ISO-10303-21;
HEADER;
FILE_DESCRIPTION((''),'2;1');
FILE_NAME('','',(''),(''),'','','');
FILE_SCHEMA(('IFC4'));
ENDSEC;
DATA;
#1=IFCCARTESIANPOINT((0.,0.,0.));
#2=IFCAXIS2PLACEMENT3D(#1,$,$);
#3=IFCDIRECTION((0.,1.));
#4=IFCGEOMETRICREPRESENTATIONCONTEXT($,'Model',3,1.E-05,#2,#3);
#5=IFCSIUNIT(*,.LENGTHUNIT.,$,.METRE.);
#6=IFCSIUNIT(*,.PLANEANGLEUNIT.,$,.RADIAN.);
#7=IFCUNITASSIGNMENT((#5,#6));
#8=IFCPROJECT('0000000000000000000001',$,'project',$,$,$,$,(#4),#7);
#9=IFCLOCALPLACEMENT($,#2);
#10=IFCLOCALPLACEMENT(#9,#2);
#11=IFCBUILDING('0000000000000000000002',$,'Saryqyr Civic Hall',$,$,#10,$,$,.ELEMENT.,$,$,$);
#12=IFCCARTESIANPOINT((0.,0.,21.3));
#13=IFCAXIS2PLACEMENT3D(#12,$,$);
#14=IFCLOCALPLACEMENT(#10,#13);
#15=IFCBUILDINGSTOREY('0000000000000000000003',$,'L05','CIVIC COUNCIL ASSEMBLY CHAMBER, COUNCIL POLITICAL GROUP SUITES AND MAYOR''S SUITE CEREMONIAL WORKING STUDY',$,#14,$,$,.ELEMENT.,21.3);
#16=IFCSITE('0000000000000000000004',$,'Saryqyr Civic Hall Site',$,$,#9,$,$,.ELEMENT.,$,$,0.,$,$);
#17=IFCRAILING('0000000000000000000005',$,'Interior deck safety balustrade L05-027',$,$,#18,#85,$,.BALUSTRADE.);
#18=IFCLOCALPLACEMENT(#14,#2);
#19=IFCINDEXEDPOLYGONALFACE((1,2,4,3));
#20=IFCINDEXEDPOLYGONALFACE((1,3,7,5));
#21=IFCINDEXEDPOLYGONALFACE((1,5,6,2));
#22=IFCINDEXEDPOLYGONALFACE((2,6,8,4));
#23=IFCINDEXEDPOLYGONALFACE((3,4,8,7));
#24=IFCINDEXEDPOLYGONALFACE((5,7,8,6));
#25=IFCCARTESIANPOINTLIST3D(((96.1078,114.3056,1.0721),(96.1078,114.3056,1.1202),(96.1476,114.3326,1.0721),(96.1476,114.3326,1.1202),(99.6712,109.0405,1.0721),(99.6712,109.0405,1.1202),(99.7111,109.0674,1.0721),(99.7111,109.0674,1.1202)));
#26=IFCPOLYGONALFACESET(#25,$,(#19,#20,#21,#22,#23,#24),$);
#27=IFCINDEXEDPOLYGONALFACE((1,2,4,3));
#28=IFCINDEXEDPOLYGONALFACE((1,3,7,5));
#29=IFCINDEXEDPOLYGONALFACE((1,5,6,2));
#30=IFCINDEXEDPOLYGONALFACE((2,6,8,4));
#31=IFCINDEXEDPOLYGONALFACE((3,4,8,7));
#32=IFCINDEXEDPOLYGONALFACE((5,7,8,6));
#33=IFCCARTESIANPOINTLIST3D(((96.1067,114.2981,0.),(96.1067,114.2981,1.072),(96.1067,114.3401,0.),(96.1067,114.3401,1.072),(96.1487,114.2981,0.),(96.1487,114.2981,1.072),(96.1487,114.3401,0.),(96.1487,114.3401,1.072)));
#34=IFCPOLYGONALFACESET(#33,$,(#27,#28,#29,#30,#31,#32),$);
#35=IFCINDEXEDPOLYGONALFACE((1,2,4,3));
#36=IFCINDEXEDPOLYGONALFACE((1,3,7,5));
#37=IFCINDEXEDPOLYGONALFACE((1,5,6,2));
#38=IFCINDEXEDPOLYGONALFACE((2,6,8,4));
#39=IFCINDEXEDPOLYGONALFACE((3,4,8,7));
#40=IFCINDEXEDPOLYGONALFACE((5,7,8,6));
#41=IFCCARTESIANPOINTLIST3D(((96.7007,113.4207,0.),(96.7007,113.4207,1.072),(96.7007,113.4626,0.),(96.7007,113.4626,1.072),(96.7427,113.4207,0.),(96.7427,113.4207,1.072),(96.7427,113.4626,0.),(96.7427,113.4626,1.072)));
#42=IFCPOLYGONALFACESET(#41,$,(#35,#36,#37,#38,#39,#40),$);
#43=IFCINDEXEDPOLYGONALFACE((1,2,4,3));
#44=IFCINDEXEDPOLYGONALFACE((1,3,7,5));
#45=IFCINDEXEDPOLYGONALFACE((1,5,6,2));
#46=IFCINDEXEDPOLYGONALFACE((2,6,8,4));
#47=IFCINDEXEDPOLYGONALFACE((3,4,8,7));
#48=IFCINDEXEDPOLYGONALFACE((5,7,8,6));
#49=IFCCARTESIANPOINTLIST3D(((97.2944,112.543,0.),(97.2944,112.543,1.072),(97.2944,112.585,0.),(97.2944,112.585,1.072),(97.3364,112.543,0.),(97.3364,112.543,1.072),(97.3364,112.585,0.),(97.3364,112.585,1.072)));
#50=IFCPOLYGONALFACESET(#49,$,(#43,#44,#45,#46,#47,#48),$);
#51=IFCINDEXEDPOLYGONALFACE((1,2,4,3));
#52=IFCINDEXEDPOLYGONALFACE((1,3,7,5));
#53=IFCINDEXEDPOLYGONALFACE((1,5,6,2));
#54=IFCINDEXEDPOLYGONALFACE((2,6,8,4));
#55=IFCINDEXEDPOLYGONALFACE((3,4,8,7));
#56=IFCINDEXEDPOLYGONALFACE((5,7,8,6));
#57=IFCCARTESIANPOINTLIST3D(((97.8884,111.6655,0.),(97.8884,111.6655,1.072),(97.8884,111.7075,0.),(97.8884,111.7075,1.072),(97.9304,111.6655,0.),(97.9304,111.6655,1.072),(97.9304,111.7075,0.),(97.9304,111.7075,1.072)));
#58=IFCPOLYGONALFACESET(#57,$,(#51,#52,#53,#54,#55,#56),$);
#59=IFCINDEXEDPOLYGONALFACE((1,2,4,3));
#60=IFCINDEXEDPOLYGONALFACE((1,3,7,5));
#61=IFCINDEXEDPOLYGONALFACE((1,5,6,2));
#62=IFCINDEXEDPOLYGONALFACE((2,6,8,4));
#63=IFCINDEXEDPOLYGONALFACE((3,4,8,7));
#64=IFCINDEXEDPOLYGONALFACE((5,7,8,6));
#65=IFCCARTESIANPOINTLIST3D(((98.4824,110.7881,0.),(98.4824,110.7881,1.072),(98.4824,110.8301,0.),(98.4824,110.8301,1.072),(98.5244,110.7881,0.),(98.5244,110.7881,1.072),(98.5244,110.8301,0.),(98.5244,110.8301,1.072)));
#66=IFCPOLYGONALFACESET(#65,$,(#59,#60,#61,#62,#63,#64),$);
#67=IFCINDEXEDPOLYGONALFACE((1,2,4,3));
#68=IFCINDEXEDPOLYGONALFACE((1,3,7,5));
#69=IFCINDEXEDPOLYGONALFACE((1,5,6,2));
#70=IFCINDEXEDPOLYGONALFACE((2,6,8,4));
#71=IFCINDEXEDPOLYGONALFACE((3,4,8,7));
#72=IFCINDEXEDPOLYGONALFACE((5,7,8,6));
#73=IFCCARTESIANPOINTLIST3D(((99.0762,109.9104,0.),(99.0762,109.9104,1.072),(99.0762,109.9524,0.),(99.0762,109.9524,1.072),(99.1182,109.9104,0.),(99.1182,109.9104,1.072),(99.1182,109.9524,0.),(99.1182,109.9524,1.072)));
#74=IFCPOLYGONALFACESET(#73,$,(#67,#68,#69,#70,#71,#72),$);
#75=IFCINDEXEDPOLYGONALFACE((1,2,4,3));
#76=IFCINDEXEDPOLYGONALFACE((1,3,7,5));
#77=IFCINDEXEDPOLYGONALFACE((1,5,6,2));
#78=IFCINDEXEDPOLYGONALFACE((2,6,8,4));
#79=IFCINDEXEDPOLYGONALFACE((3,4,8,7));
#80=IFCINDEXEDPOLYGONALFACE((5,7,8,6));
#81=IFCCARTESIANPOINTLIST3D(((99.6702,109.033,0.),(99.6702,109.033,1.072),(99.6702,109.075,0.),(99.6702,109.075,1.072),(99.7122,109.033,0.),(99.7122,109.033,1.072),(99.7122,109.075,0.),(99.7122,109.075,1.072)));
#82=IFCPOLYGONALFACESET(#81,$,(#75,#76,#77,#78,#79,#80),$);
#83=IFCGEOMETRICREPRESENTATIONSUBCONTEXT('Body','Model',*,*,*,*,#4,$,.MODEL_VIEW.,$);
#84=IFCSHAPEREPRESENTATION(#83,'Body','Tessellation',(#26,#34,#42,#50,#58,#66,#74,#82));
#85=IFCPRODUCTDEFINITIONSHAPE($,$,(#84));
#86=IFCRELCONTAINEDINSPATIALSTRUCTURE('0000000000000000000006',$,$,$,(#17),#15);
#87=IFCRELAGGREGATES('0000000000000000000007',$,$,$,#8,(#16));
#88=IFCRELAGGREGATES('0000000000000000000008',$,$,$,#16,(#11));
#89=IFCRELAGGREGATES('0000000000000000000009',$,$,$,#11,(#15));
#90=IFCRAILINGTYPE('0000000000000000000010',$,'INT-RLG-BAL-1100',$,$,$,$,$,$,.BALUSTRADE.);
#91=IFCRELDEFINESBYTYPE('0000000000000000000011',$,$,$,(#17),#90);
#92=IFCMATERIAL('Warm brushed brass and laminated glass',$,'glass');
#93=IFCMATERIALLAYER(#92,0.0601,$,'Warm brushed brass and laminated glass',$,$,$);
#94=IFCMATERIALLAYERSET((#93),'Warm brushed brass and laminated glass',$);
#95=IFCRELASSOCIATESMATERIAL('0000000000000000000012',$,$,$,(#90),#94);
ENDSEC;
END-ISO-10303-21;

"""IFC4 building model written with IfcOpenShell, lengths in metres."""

from ifc_helpers import new_model, si_unit, direction, frame, origin, origin_2d, place, context, subcontext, project, spatial, rectangle, extrude, material, layer, layer_set, type_object, element, save


model = new_model("IFC4")

# Units and contexts
model_context = context("Model", 3, precision=1e-05, world=origin(), true_north=direction((0.0, 1.0)))
body_context = subcontext(model_context, "Body", "Model", "MODEL_VIEW")
ifc_project = project(units=[si_unit("LENGTHUNIT", "METRE"), si_unit("PLANEANGLEUNIT", "RADIAN")], contexts=[model_context])

# Site, building, storey
site_placement = place(None, origin())
site = spatial("IfcSite", under=ifc_project, at=site_placement, Name="Saryqyr Civic Hall Site", CompositionType="ELEMENT", RefElevation=0.0)
building_placement = place(site_placement, origin())
building = spatial("IfcBuilding", under=site, at=building_placement, Name="Saryqyr Civic Hall", CompositionType="ELEMENT")
storey_placement = place(building_placement, frame((0.0, 0.0, 21.3)))
storey = spatial("IfcBuildingStorey", under=building, at=storey_placement, Name="L05", Description="CIVIC COUNCIL ASSEMBLY CHAMBER, COUNCIL POLITICAL GROUP SUITES AND MAYOR'S SUITE CEREMONIAL WORKING STUDY", CompositionType="ELEMENT", Elevation=21.3)

# Railing
ifc_material_1 = material(Name="Warm brushed brass and laminated glass", Category="glass")
ifc_layer_1 = layer(ifc_material_1, 0.0601, Name="Warm brushed brass and laminated glass")
ifc_layer_set_1 = layer_set([ifc_layer_1], Name="Warm brushed brass and laminated glass")
railing_type = type_object("IfcRailingType", Name="INT-RLG-BAL-1100", PredefinedType="BALUSTRADE", material=ifc_layer_set_1)
railing_1_placement = place(storey_placement, frame((96.1277, 114.3191, 0.0)))
element("IfcRailing", 1, at=railing_1_placement, inside=storey, type_object=railing_type, Name="Interior deck safety balustrade L05-027", PredefinedType="BALUSTRADE", context=body_context, shape_type="SweptSolid", body=[
    extrude(rectangle(XDim=0.0481, YDim=0.0481, at=origin_2d()), frame((0.0, 0.0, 1.0962), z_axis=(0.5605, -0.828154, 0.0), x_axis=(0.828154, 0.5605, 0.0)), (0.0, 0.0, 1.0), 6.3577),
    extrude(rectangle(XDim=0.042, YDim=0.042, at=origin_2d()), origin(), (0.0, 0.0, 1.0), 1.072),
    extrude(rectangle(XDim=0.042, YDim=0.042, at=origin_2d()), frame((0.594, -0.8774, 0.0)), (0.0, 0.0, 1.0), 1.072),
    extrude(rectangle(XDim=0.042, YDim=0.042, at=origin_2d()), frame((1.1877, -1.7551, 0.0)), (0.0, 0.0, 1.0), 1.072),
    extrude(rectangle(XDim=0.042, YDim=0.042, at=origin_2d()), frame((1.7817, -2.6326, 0.0)), (0.0, 0.0, 1.0), 1.072),
    extrude(rectangle(XDim=0.042, YDim=0.042, at=origin_2d()), frame((2.3757, -3.51, 0.0)), (0.0, 0.0, 1.0), 1.072),
    extrude(rectangle(XDim=0.042, YDim=0.042, at=origin_2d()), frame((2.9695, -4.3877, 0.0)), (0.0, 0.0, 1.0), 1.072),
    extrude(rectangle(XDim=0.042, YDim=0.042, at=origin_2d()), frame((3.5635, -5.2651, 0.0)), (0.0, 0.0, 1.0), 1.072),
])

save(model, "model.ifc")
